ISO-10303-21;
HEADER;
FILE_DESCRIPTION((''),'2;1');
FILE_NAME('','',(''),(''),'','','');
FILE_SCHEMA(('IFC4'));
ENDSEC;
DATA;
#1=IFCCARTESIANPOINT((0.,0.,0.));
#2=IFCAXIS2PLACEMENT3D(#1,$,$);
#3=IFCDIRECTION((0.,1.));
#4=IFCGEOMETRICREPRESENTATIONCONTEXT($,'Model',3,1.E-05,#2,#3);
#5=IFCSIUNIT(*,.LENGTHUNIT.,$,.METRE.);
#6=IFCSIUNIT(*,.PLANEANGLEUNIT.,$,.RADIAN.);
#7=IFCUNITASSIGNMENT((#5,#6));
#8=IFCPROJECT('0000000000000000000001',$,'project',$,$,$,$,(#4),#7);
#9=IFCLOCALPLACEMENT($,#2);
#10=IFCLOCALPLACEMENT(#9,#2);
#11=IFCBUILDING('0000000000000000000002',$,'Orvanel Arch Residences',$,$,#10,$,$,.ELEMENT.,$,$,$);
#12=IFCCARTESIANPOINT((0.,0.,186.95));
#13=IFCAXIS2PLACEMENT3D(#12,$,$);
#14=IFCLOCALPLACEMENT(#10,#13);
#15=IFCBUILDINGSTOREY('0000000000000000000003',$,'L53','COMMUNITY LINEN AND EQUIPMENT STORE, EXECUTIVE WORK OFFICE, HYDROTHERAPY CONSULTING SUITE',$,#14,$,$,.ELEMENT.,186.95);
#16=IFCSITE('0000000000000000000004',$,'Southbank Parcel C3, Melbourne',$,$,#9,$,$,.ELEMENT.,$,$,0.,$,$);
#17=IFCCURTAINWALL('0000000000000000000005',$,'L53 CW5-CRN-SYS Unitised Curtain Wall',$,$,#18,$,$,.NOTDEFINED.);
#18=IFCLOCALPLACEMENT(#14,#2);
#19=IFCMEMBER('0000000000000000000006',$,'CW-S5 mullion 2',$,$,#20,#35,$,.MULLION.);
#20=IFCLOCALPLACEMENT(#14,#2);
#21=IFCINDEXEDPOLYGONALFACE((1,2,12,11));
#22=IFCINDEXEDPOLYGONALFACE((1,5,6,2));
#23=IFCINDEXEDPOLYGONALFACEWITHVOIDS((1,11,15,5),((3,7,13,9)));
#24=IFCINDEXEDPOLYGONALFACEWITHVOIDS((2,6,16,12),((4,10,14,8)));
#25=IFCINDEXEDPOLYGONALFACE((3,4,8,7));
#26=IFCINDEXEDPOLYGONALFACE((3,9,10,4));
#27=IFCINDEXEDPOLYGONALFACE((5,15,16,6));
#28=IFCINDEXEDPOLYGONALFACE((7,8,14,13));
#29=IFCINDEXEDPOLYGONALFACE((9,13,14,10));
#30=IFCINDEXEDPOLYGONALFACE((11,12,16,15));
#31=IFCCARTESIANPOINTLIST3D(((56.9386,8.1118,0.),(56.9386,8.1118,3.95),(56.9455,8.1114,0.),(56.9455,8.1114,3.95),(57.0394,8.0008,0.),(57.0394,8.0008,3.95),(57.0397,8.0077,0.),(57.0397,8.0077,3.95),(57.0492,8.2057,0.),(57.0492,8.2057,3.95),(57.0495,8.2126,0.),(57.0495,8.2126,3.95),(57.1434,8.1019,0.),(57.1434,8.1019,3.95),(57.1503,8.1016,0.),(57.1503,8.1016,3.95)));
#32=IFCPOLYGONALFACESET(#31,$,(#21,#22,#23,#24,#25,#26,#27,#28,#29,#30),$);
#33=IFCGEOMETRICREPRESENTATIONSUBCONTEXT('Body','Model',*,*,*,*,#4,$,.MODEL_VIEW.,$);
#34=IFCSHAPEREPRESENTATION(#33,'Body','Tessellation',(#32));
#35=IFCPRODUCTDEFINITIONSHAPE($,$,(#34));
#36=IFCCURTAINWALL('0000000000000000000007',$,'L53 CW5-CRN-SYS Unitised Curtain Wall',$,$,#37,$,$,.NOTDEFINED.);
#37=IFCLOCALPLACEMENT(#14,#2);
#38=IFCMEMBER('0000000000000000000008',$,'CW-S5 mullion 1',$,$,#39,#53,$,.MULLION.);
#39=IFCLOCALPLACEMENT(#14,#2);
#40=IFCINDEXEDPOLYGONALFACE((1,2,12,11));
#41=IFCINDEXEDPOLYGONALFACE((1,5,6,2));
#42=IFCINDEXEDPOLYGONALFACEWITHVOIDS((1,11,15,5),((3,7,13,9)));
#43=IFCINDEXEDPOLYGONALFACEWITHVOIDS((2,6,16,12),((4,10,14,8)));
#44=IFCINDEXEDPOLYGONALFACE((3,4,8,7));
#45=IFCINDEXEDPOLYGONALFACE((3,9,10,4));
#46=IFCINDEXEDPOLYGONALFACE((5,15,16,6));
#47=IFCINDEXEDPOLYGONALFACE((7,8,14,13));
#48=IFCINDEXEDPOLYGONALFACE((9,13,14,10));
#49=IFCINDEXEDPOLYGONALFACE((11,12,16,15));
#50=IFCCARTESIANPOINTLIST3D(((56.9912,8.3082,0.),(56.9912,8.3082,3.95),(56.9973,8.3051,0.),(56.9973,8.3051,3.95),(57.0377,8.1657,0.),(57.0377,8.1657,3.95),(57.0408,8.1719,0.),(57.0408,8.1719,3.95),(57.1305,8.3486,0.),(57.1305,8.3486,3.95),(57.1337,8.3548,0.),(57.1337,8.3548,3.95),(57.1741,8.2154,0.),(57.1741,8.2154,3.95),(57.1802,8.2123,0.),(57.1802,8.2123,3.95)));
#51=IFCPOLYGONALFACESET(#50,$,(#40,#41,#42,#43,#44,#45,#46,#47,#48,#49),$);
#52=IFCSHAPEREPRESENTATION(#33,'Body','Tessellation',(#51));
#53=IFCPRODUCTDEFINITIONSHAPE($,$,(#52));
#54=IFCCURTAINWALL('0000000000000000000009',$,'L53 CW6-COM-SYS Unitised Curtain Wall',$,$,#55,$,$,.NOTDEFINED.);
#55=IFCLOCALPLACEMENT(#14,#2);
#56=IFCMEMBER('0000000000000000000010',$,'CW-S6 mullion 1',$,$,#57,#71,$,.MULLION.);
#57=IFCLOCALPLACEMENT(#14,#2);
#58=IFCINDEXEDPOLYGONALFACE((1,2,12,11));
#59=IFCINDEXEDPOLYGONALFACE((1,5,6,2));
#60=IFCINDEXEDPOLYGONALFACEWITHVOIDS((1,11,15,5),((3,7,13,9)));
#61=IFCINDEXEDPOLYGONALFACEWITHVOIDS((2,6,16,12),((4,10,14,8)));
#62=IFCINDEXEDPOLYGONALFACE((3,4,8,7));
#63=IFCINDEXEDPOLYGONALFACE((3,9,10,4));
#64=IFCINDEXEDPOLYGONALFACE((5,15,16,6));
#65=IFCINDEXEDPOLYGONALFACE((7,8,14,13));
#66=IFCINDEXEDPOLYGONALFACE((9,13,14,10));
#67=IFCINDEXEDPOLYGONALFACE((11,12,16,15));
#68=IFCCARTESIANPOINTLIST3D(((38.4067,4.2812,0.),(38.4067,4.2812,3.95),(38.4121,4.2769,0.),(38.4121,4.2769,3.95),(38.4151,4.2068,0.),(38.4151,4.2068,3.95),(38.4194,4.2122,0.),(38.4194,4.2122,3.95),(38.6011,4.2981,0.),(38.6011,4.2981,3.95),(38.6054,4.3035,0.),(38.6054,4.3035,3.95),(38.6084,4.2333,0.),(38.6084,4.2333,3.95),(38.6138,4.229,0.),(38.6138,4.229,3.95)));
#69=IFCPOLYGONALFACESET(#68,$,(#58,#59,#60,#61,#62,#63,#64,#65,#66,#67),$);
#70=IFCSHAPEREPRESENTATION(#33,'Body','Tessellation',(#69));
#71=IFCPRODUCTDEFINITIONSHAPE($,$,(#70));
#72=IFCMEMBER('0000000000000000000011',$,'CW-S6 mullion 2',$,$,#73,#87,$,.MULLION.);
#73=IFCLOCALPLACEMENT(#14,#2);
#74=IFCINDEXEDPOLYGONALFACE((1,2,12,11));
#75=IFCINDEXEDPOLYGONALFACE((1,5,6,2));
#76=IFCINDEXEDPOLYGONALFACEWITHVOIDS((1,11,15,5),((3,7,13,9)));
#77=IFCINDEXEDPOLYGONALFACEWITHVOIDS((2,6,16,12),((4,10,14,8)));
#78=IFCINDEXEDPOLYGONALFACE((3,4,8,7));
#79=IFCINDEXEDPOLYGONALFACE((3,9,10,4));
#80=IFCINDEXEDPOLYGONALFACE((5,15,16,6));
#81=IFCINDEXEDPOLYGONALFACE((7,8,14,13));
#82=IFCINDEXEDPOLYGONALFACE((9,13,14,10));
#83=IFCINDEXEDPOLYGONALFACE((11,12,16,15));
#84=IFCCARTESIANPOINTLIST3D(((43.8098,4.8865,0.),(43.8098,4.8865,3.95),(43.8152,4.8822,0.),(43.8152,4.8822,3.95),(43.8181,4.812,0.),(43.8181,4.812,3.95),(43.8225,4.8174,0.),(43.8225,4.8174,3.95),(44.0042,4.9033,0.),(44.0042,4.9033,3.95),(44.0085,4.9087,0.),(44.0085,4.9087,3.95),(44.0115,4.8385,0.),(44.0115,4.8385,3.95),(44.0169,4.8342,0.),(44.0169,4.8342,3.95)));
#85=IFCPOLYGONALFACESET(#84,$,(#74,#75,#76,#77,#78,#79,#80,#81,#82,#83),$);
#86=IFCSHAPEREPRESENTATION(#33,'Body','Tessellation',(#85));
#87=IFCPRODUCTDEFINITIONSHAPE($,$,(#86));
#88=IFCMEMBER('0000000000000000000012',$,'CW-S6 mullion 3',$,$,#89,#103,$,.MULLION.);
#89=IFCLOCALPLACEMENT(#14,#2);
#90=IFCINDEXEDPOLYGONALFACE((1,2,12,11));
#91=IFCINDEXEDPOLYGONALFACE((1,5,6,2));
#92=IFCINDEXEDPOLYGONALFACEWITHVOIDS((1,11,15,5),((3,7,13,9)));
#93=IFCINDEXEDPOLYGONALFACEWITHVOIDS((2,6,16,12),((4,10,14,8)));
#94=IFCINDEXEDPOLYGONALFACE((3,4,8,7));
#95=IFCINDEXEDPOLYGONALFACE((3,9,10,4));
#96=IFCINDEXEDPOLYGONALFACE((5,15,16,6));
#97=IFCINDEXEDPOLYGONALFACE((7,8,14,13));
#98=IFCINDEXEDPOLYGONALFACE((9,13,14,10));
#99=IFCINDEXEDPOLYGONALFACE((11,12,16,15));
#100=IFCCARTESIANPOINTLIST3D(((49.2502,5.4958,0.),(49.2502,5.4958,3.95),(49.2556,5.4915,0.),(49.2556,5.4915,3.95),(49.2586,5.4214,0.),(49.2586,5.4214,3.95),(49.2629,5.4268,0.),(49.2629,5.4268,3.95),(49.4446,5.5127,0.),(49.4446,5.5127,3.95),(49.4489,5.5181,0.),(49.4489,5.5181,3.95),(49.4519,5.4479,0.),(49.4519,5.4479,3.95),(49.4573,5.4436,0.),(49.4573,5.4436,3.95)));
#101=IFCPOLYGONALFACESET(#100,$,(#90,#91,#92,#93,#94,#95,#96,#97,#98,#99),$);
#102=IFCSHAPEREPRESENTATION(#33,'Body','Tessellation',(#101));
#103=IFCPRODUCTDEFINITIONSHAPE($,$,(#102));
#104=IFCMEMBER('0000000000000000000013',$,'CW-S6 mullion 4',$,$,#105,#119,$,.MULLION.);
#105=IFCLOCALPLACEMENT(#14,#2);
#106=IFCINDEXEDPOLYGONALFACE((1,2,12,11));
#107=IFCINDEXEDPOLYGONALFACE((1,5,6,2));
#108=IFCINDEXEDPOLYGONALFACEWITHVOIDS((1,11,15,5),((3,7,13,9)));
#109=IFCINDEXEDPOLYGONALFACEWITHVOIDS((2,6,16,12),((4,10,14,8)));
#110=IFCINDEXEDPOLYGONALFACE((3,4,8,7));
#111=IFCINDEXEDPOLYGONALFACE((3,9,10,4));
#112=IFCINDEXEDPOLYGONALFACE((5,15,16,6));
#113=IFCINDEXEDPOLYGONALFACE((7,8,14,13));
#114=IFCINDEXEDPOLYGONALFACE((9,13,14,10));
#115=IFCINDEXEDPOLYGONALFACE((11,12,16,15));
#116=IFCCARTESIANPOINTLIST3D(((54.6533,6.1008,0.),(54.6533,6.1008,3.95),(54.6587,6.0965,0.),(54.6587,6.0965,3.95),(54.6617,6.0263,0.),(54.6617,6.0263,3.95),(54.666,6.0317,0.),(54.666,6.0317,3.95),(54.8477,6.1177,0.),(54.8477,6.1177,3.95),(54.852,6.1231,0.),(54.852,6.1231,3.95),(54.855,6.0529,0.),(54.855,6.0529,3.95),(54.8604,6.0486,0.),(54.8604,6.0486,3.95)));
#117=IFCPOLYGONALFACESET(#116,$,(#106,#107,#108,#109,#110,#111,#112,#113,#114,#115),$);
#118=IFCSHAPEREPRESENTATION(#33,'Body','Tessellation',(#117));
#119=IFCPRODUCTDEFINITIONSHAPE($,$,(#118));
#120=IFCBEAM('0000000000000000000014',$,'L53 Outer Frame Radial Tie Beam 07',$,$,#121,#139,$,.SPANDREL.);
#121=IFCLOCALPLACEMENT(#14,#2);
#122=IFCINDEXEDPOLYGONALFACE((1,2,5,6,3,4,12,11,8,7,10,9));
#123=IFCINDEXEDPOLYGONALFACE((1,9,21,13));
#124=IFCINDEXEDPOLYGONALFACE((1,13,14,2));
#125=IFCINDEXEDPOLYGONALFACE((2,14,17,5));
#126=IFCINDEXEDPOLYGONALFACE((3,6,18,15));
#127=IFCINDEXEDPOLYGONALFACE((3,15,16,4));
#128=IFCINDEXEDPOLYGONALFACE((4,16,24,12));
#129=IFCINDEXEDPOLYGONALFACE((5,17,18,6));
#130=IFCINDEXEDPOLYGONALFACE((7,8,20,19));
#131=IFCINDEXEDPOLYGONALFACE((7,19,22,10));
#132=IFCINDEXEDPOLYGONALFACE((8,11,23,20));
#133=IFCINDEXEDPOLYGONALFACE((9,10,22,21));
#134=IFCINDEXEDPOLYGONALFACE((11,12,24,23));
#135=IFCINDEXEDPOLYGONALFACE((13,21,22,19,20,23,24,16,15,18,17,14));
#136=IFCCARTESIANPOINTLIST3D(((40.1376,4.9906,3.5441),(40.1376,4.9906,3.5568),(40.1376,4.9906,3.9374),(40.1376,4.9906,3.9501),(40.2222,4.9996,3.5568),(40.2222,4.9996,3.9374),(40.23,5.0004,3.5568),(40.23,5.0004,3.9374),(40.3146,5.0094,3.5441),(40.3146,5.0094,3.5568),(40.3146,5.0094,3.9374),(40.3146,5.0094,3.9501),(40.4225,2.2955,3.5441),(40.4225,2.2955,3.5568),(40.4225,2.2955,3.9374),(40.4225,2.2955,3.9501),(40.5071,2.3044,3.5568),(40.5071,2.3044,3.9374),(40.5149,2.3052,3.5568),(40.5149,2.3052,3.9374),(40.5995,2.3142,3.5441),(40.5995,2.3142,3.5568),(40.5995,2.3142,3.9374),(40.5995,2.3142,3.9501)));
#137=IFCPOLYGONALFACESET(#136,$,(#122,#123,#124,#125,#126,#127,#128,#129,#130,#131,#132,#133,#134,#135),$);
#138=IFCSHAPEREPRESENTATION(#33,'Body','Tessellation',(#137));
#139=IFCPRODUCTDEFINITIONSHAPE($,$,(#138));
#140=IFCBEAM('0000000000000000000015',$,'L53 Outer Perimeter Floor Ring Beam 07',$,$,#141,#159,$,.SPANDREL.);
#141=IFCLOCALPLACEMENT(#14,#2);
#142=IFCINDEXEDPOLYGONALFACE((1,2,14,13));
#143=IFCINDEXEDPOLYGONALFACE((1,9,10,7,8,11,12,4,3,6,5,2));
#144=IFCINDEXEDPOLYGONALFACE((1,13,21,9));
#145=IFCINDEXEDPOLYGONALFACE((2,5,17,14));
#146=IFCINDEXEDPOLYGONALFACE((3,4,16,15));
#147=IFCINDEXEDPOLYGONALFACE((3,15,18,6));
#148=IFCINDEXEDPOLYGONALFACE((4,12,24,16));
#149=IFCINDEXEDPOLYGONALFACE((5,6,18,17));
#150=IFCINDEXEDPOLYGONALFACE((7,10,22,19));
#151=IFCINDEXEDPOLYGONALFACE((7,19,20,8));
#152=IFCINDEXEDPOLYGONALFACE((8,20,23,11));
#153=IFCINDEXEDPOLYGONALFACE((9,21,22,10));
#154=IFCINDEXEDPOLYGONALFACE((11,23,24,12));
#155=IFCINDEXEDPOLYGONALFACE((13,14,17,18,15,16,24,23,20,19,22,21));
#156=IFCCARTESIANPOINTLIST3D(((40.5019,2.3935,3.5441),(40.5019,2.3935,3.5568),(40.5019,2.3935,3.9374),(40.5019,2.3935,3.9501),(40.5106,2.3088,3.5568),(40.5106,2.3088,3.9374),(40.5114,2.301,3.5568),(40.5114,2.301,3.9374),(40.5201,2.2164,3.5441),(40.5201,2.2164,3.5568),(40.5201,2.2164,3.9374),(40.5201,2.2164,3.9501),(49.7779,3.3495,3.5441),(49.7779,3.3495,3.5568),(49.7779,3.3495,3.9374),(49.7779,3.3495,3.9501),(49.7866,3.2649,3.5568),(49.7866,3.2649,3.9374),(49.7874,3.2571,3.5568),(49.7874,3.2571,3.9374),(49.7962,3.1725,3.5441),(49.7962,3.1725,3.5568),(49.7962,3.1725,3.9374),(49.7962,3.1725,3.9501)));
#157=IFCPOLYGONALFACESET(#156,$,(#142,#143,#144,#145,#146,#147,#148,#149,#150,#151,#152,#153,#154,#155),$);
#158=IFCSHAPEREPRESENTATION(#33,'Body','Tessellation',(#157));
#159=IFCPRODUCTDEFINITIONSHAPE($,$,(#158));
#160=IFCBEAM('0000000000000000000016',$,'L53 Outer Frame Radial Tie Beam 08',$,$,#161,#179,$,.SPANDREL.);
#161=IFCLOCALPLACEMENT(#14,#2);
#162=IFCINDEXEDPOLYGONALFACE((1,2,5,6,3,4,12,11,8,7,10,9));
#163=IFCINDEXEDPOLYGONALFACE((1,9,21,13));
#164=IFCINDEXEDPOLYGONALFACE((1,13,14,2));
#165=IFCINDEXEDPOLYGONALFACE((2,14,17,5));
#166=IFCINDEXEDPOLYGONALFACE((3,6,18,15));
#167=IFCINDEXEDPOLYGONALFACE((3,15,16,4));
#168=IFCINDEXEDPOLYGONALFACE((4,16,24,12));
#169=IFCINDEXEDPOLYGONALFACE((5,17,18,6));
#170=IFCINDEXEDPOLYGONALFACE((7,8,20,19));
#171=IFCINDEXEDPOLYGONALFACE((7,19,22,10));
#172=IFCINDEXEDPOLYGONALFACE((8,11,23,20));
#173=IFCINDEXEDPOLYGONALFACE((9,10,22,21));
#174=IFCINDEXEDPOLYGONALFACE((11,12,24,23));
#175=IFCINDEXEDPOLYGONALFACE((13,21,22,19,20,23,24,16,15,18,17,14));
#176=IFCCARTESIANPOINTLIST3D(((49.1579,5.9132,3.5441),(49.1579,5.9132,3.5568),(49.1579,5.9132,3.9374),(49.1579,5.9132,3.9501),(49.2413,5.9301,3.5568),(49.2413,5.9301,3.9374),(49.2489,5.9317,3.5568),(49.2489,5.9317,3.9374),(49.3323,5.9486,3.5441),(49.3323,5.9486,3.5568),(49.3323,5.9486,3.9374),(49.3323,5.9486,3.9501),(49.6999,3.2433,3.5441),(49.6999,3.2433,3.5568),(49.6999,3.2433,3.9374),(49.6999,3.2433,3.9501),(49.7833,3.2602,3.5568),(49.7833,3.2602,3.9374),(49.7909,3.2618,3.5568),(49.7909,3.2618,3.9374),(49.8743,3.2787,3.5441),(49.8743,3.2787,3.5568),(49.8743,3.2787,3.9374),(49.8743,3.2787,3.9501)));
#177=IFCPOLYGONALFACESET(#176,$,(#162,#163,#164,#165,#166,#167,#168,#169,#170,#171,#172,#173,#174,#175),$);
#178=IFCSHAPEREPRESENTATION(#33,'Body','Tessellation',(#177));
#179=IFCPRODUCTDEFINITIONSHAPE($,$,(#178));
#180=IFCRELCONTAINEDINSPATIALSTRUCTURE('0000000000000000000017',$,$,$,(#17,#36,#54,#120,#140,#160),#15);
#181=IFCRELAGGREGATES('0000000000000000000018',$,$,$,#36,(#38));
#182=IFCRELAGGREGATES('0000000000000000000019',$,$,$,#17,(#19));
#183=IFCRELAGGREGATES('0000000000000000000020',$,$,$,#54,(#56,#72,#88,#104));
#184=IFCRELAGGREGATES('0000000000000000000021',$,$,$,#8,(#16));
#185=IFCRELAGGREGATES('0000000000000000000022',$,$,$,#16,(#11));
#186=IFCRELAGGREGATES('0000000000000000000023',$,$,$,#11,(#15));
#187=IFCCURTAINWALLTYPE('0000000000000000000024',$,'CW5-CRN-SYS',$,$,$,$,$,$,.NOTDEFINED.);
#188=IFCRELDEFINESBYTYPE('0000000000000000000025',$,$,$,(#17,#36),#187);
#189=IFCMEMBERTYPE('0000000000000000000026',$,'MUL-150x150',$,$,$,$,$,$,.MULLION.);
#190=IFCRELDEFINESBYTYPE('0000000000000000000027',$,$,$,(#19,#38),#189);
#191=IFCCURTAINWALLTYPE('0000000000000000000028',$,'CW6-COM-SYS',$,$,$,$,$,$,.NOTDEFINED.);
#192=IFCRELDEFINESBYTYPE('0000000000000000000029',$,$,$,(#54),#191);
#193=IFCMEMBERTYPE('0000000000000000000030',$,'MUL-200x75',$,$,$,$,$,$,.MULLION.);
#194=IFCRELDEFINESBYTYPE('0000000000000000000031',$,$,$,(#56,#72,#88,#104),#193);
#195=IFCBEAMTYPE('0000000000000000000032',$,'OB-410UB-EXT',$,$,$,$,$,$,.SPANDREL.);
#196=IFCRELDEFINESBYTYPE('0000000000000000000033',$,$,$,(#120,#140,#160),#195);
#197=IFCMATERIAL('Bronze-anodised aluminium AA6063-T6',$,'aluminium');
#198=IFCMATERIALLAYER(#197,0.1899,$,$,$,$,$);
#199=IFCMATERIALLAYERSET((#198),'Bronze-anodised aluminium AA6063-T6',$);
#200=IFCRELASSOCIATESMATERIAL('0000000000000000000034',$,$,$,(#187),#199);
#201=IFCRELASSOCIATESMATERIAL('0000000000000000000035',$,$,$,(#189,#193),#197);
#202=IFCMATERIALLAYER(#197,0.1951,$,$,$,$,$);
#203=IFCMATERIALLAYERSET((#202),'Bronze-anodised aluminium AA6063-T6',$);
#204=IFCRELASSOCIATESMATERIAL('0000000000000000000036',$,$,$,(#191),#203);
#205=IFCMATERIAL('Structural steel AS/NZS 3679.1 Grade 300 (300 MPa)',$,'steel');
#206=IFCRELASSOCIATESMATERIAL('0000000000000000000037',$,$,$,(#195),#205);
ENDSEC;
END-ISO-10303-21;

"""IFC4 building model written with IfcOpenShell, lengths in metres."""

from ifc_helpers import new_model, si_unit, direction, frame, origin, origin_2d, place, context, subcontext, project, spatial, hollow_rectangle, i_section, extrude, material, layer, layer_set, material_profile, profile_set, type_object, element, aggregate, save


model = new_model("IFC4")

# Units and contexts
model_context = context("Model", 3, precision=1e-05, world=origin(), true_north=direction((0.0, 1.0)))
body_context = subcontext(model_context, "Body", "Model", "MODEL_VIEW")
ifc_project = project(units=[si_unit("LENGTHUNIT", "METRE"), si_unit("PLANEANGLEUNIT", "RADIAN")], contexts=[model_context])

# Site, building, storey
site_placement = place(None, origin())
site = spatial("IfcSite", under=ifc_project, at=site_placement, Name="Southbank Parcel C3, Melbourne", CompositionType="ELEMENT", RefElevation=0.0)
building_placement = place(site_placement, origin())
building = spatial("IfcBuilding", under=site, at=building_placement, Name="Orvanel Arch Residences", CompositionType="ELEMENT")
storey_placement = place(building_placement, frame((0.0, 0.0, 186.95)))
storey = spatial("IfcBuildingStorey", under=building, at=storey_placement, Name="L53", Description="COMMUNITY LINEN AND EQUIPMENT STORE, EXECUTIVE WORK OFFICE, HYDROTHERAPY CONSULTING SUITE", CompositionType="ELEMENT", Elevation=186.95)

# Curtain wall, member
ifc_material_1 = material(Name="Bronze-anodised aluminium AA6063-T6", Category="aluminium")
ifc_layer_1 = layer(ifc_material_1, 0.1899)
ifc_layer_set_1 = layer_set([ifc_layer_1], Name="Bronze-anodised aluminium AA6063-T6")
curtain_wall_type_1 = type_object("IfcCurtainWallType", Name="CW5-CRN-SYS", PredefinedType="NOTDEFINED", material=ifc_layer_set_1)
curtain_wall_1_placement = place(storey_placement, origin())
curtain_wall_1 = element("IfcCurtainWall", 1, at=curtain_wall_1_placement, inside=storey, type_object=curtain_wall_type_1, Name="L53 CW5-CRN-SYS Unitised Curtain Wall", PredefinedType="NOTDEFINED")
ifc_material_profile_1 = material_profile(ifc_material_1, hollow_rectangle(XDim=0.1499, YDim=0.1499, WallThickness=0.0049, at=origin_2d()), Name="ALU150x150x5")
ifc_profile_set_1 = profile_set([ifc_material_profile_1], Name="Bronze-anodised aluminium AA6063-T6")
member_type_1 = type_object("IfcMemberType", Name="MUL-150x150", PredefinedType="MULLION", material=ifc_profile_set_1)
member_1_placement = place(storey_placement, frame((57.0444, 8.1067, 0.0), z_axis=(0.0, 0.0, 1.0), x_axis=(-0.672397, 0.740191, 0.0)))
member_1 = element("IfcMember", 2, at=member_1_placement, type_object=member_type_1, Name="CW-S5 mullion 2", PredefinedType="MULLION", context=body_context, shape_type="SweptSolid", body=[
    extrude(hollow_rectangle(XDim=0.1499, YDim=0.1499, WallThickness=0.0049, at=origin_2d()), origin(), (0.0, 0.0, 1.0), 3.95),
])

# Curtain wall, member
curtain_wall_2_placement = place(storey_placement, origin())
curtain_wall_2 = element("IfcCurtainWall", 3, at=curtain_wall_2_placement, inside=storey, type_object=curtain_wall_type_1, Name="L53 CW5-CRN-SYS Unitised Curtain Wall", PredefinedType="NOTDEFINED")
member_2_placement = place(storey_placement, frame((57.0857, 8.2603, 0.0), z_axis=(0.0, 0.0, 1.0), x_axis=(-0.950586, -0.310463, 0.0)))
member_2 = element("IfcMember", 4, at=member_2_placement, type_object=member_type_1, Name="CW-S5 mullion 1", PredefinedType="MULLION", context=body_context, shape_type="SweptSolid", body=[
    extrude(hollow_rectangle(XDim=0.1499, YDim=0.1499, WallThickness=0.0049, at=origin_2d()), origin(), (0.0, 0.0, 1.0), 3.95),
])

# Curtain wall, members
ifc_layer_2 = layer(ifc_material_1, 0.1951)
ifc_layer_set_2 = layer_set([ifc_layer_2], Name="Bronze-anodised aluminium AA6063-T6")
curtain_wall_type_2 = type_object("IfcCurtainWallType", Name="CW6-COM-SYS", PredefinedType="NOTDEFINED", material=ifc_layer_set_2)
curtain_wall_3_placement = place(storey_placement, origin())
curtain_wall_3 = element("IfcCurtainWall", 5, at=curtain_wall_3_placement, inside=storey, type_object=curtain_wall_type_2, Name="L53 CW6-COM-SYS Unitised Curtain Wall", PredefinedType="NOTDEFINED")
ifc_material_profile_2 = material_profile(ifc_material_1, hollow_rectangle(XDim=0.075, YDim=0.2, WallThickness=0.0049, at=origin_2d()), Name="ALU200x75x5")
ifc_profile_set_2 = profile_set([ifc_material_profile_2], Name="Bronze-anodised aluminium AA6063-T6")
member_type_2 = type_object("IfcMemberType", Name="MUL-200x75", PredefinedType="MULLION", material=ifc_profile_set_2)
member_3_placement = place(storey_placement, frame((38.5103, 4.2551, 0.0), z_axis=(0.0, 0.0, 1.0), x_axis=(-0.111307, 0.993786, 0.0)))
member_3 = element("IfcMember", 6, at=member_3_placement, type_object=member_type_2, Name="CW-S6 mullion 1", PredefinedType="MULLION", context=body_context, shape_type="SweptSolid", body=[
    extrude(hollow_rectangle(XDim=0.075, YDim=0.2, WallThickness=0.0049, at=origin_2d()), origin(), (0.0, 0.0, 1.0), 3.95),
])
member_4_placement = place(storey_placement, frame((43.9133, 4.8604, 0.0), z_axis=(0.0, 0.0, 1.0), x_axis=(-0.111307, 0.993786, 0.0)))
member_4 = element("IfcMember", 7, at=member_4_placement, type_object=member_type_2, Name="CW-S6 mullion 2", PredefinedType="MULLION", context=body_context, shape_type="SweptSolid", body=[
    extrude(hollow_rectangle(XDim=0.075, YDim=0.2, WallThickness=0.0049, at=origin_2d()), origin(), (0.0, 0.0, 1.0), 3.95),
])
member_5_placement = place(storey_placement, frame((49.3538, 5.4697, 0.0), z_axis=(0.0, 0.0, 1.0), x_axis=(-0.111307, 0.993786, 0.0)))
member_5 = element("IfcMember", 8, at=member_5_placement, type_object=member_type_2, Name="CW-S6 mullion 3", PredefinedType="MULLION", context=body_context, shape_type="SweptSolid", body=[
    extrude(hollow_rectangle(XDim=0.075, YDim=0.2, WallThickness=0.0049, at=origin_2d()), origin(), (0.0, 0.0, 1.0), 3.95),
])
member_6_placement = place(storey_placement, frame((54.7568, 6.0747, 0.0), z_axis=(0.0, 0.0, 1.0), x_axis=(-0.111307, 0.993786, 0.0)))
member_6 = element("IfcMember", 9, at=member_6_placement, type_object=member_type_2, Name="CW-S6 mullion 4", PredefinedType="MULLION", context=body_context, shape_type="SweptSolid", body=[
    extrude(hollow_rectangle(XDim=0.075, YDim=0.2, WallThickness=0.0049, at=origin_2d()), origin(), (0.0, 0.0, 1.0), 3.95),
])

# Beams
ifc_material_2 = material(Name="Structural steel AS/NZS 3679.1 Grade 300 (300 MPa)", Category="steel")
ifc_material_profile_3 = material_profile(ifc_material_2, i_section(OverallWidth=0.178, OverallDepth=0.406, WebThickness=0.0078, FlangeThickness=0.0127, at=origin_2d()), Name="410UB59.7")
ifc_profile_set_3 = profile_set([ifc_material_profile_3], Name="Structural steel AS/NZS 3679.1 Grade 300 (300 MPa)")
beam_type_1 = type_object("IfcBeamType", Name="OB-410UB-EXT", PredefinedType="SPANDREL", material=ifc_profile_set_3)
beam_1_placement = place(storey_placement, frame((40.2261, 5.0, 3.7471), z_axis=(0.10513, -0.994458, 0.0), x_axis=(0.994458, 0.10513, 0.0)))
element("IfcBeam", 10, at=beam_1_placement, inside=storey, type_object=beam_type_1, Name="L53 Outer Frame Radial Tie Beam 07", PredefinedType="SPANDREL", context=body_context, shape_type="SweptSolid", body=[
    extrude(i_section(OverallWidth=0.178, OverallDepth=0.406, WebThickness=0.0078, FlangeThickness=0.0127, at=origin_2d()), origin(), (0.0, 0.0, 1.0), 2.7102),
])
beam_2_placement = place(storey_placement, frame((40.511, 2.3049, 3.7471), z_axis=(0.994731, 0.102523, 0.0), x_axis=(-0.102523, 0.994731, 0.0)))
element("IfcBeam", 11, at=beam_2_placement, inside=storey, type_object=beam_type_1, Name="L53 Outer Perimeter Floor Ring Beam 07", PredefinedType="SPANDREL", context=body_context, shape_type="SweptSolid", body=[
    extrude(i_section(OverallWidth=0.178, OverallDepth=0.406, WebThickness=0.0078, FlangeThickness=0.0127, at=origin_2d()), origin(), (0.0, 0.0, 1.0), 9.3252),
])
beam_3_placement = place(storey_placement, frame((49.2451, 5.9309, 3.7471), z_axis=(0.198942, -0.980011, 0.0), x_axis=(0.980011, 0.198942, 0.0)))
element("IfcBeam", 12, at=beam_3_placement, inside=storey, type_object=beam_type_1, Name="L53 Outer Frame Radial Tie Beam 08", PredefinedType="SPANDREL", context=body_context, shape_type="SweptSolid", body=[
    extrude(i_section(OverallWidth=0.178, OverallDepth=0.406, WebThickness=0.0078, FlangeThickness=0.0127, at=origin_2d()), origin(), (0.0, 0.0, 1.0), 2.7244),
])

aggregate(curtain_wall_2, [member_2])

aggregate(curtain_wall_1, [member_1])
aggregate(curtain_wall_3, [member_3, member_4, member_5, member_6])

save(model, "model.ifc")
